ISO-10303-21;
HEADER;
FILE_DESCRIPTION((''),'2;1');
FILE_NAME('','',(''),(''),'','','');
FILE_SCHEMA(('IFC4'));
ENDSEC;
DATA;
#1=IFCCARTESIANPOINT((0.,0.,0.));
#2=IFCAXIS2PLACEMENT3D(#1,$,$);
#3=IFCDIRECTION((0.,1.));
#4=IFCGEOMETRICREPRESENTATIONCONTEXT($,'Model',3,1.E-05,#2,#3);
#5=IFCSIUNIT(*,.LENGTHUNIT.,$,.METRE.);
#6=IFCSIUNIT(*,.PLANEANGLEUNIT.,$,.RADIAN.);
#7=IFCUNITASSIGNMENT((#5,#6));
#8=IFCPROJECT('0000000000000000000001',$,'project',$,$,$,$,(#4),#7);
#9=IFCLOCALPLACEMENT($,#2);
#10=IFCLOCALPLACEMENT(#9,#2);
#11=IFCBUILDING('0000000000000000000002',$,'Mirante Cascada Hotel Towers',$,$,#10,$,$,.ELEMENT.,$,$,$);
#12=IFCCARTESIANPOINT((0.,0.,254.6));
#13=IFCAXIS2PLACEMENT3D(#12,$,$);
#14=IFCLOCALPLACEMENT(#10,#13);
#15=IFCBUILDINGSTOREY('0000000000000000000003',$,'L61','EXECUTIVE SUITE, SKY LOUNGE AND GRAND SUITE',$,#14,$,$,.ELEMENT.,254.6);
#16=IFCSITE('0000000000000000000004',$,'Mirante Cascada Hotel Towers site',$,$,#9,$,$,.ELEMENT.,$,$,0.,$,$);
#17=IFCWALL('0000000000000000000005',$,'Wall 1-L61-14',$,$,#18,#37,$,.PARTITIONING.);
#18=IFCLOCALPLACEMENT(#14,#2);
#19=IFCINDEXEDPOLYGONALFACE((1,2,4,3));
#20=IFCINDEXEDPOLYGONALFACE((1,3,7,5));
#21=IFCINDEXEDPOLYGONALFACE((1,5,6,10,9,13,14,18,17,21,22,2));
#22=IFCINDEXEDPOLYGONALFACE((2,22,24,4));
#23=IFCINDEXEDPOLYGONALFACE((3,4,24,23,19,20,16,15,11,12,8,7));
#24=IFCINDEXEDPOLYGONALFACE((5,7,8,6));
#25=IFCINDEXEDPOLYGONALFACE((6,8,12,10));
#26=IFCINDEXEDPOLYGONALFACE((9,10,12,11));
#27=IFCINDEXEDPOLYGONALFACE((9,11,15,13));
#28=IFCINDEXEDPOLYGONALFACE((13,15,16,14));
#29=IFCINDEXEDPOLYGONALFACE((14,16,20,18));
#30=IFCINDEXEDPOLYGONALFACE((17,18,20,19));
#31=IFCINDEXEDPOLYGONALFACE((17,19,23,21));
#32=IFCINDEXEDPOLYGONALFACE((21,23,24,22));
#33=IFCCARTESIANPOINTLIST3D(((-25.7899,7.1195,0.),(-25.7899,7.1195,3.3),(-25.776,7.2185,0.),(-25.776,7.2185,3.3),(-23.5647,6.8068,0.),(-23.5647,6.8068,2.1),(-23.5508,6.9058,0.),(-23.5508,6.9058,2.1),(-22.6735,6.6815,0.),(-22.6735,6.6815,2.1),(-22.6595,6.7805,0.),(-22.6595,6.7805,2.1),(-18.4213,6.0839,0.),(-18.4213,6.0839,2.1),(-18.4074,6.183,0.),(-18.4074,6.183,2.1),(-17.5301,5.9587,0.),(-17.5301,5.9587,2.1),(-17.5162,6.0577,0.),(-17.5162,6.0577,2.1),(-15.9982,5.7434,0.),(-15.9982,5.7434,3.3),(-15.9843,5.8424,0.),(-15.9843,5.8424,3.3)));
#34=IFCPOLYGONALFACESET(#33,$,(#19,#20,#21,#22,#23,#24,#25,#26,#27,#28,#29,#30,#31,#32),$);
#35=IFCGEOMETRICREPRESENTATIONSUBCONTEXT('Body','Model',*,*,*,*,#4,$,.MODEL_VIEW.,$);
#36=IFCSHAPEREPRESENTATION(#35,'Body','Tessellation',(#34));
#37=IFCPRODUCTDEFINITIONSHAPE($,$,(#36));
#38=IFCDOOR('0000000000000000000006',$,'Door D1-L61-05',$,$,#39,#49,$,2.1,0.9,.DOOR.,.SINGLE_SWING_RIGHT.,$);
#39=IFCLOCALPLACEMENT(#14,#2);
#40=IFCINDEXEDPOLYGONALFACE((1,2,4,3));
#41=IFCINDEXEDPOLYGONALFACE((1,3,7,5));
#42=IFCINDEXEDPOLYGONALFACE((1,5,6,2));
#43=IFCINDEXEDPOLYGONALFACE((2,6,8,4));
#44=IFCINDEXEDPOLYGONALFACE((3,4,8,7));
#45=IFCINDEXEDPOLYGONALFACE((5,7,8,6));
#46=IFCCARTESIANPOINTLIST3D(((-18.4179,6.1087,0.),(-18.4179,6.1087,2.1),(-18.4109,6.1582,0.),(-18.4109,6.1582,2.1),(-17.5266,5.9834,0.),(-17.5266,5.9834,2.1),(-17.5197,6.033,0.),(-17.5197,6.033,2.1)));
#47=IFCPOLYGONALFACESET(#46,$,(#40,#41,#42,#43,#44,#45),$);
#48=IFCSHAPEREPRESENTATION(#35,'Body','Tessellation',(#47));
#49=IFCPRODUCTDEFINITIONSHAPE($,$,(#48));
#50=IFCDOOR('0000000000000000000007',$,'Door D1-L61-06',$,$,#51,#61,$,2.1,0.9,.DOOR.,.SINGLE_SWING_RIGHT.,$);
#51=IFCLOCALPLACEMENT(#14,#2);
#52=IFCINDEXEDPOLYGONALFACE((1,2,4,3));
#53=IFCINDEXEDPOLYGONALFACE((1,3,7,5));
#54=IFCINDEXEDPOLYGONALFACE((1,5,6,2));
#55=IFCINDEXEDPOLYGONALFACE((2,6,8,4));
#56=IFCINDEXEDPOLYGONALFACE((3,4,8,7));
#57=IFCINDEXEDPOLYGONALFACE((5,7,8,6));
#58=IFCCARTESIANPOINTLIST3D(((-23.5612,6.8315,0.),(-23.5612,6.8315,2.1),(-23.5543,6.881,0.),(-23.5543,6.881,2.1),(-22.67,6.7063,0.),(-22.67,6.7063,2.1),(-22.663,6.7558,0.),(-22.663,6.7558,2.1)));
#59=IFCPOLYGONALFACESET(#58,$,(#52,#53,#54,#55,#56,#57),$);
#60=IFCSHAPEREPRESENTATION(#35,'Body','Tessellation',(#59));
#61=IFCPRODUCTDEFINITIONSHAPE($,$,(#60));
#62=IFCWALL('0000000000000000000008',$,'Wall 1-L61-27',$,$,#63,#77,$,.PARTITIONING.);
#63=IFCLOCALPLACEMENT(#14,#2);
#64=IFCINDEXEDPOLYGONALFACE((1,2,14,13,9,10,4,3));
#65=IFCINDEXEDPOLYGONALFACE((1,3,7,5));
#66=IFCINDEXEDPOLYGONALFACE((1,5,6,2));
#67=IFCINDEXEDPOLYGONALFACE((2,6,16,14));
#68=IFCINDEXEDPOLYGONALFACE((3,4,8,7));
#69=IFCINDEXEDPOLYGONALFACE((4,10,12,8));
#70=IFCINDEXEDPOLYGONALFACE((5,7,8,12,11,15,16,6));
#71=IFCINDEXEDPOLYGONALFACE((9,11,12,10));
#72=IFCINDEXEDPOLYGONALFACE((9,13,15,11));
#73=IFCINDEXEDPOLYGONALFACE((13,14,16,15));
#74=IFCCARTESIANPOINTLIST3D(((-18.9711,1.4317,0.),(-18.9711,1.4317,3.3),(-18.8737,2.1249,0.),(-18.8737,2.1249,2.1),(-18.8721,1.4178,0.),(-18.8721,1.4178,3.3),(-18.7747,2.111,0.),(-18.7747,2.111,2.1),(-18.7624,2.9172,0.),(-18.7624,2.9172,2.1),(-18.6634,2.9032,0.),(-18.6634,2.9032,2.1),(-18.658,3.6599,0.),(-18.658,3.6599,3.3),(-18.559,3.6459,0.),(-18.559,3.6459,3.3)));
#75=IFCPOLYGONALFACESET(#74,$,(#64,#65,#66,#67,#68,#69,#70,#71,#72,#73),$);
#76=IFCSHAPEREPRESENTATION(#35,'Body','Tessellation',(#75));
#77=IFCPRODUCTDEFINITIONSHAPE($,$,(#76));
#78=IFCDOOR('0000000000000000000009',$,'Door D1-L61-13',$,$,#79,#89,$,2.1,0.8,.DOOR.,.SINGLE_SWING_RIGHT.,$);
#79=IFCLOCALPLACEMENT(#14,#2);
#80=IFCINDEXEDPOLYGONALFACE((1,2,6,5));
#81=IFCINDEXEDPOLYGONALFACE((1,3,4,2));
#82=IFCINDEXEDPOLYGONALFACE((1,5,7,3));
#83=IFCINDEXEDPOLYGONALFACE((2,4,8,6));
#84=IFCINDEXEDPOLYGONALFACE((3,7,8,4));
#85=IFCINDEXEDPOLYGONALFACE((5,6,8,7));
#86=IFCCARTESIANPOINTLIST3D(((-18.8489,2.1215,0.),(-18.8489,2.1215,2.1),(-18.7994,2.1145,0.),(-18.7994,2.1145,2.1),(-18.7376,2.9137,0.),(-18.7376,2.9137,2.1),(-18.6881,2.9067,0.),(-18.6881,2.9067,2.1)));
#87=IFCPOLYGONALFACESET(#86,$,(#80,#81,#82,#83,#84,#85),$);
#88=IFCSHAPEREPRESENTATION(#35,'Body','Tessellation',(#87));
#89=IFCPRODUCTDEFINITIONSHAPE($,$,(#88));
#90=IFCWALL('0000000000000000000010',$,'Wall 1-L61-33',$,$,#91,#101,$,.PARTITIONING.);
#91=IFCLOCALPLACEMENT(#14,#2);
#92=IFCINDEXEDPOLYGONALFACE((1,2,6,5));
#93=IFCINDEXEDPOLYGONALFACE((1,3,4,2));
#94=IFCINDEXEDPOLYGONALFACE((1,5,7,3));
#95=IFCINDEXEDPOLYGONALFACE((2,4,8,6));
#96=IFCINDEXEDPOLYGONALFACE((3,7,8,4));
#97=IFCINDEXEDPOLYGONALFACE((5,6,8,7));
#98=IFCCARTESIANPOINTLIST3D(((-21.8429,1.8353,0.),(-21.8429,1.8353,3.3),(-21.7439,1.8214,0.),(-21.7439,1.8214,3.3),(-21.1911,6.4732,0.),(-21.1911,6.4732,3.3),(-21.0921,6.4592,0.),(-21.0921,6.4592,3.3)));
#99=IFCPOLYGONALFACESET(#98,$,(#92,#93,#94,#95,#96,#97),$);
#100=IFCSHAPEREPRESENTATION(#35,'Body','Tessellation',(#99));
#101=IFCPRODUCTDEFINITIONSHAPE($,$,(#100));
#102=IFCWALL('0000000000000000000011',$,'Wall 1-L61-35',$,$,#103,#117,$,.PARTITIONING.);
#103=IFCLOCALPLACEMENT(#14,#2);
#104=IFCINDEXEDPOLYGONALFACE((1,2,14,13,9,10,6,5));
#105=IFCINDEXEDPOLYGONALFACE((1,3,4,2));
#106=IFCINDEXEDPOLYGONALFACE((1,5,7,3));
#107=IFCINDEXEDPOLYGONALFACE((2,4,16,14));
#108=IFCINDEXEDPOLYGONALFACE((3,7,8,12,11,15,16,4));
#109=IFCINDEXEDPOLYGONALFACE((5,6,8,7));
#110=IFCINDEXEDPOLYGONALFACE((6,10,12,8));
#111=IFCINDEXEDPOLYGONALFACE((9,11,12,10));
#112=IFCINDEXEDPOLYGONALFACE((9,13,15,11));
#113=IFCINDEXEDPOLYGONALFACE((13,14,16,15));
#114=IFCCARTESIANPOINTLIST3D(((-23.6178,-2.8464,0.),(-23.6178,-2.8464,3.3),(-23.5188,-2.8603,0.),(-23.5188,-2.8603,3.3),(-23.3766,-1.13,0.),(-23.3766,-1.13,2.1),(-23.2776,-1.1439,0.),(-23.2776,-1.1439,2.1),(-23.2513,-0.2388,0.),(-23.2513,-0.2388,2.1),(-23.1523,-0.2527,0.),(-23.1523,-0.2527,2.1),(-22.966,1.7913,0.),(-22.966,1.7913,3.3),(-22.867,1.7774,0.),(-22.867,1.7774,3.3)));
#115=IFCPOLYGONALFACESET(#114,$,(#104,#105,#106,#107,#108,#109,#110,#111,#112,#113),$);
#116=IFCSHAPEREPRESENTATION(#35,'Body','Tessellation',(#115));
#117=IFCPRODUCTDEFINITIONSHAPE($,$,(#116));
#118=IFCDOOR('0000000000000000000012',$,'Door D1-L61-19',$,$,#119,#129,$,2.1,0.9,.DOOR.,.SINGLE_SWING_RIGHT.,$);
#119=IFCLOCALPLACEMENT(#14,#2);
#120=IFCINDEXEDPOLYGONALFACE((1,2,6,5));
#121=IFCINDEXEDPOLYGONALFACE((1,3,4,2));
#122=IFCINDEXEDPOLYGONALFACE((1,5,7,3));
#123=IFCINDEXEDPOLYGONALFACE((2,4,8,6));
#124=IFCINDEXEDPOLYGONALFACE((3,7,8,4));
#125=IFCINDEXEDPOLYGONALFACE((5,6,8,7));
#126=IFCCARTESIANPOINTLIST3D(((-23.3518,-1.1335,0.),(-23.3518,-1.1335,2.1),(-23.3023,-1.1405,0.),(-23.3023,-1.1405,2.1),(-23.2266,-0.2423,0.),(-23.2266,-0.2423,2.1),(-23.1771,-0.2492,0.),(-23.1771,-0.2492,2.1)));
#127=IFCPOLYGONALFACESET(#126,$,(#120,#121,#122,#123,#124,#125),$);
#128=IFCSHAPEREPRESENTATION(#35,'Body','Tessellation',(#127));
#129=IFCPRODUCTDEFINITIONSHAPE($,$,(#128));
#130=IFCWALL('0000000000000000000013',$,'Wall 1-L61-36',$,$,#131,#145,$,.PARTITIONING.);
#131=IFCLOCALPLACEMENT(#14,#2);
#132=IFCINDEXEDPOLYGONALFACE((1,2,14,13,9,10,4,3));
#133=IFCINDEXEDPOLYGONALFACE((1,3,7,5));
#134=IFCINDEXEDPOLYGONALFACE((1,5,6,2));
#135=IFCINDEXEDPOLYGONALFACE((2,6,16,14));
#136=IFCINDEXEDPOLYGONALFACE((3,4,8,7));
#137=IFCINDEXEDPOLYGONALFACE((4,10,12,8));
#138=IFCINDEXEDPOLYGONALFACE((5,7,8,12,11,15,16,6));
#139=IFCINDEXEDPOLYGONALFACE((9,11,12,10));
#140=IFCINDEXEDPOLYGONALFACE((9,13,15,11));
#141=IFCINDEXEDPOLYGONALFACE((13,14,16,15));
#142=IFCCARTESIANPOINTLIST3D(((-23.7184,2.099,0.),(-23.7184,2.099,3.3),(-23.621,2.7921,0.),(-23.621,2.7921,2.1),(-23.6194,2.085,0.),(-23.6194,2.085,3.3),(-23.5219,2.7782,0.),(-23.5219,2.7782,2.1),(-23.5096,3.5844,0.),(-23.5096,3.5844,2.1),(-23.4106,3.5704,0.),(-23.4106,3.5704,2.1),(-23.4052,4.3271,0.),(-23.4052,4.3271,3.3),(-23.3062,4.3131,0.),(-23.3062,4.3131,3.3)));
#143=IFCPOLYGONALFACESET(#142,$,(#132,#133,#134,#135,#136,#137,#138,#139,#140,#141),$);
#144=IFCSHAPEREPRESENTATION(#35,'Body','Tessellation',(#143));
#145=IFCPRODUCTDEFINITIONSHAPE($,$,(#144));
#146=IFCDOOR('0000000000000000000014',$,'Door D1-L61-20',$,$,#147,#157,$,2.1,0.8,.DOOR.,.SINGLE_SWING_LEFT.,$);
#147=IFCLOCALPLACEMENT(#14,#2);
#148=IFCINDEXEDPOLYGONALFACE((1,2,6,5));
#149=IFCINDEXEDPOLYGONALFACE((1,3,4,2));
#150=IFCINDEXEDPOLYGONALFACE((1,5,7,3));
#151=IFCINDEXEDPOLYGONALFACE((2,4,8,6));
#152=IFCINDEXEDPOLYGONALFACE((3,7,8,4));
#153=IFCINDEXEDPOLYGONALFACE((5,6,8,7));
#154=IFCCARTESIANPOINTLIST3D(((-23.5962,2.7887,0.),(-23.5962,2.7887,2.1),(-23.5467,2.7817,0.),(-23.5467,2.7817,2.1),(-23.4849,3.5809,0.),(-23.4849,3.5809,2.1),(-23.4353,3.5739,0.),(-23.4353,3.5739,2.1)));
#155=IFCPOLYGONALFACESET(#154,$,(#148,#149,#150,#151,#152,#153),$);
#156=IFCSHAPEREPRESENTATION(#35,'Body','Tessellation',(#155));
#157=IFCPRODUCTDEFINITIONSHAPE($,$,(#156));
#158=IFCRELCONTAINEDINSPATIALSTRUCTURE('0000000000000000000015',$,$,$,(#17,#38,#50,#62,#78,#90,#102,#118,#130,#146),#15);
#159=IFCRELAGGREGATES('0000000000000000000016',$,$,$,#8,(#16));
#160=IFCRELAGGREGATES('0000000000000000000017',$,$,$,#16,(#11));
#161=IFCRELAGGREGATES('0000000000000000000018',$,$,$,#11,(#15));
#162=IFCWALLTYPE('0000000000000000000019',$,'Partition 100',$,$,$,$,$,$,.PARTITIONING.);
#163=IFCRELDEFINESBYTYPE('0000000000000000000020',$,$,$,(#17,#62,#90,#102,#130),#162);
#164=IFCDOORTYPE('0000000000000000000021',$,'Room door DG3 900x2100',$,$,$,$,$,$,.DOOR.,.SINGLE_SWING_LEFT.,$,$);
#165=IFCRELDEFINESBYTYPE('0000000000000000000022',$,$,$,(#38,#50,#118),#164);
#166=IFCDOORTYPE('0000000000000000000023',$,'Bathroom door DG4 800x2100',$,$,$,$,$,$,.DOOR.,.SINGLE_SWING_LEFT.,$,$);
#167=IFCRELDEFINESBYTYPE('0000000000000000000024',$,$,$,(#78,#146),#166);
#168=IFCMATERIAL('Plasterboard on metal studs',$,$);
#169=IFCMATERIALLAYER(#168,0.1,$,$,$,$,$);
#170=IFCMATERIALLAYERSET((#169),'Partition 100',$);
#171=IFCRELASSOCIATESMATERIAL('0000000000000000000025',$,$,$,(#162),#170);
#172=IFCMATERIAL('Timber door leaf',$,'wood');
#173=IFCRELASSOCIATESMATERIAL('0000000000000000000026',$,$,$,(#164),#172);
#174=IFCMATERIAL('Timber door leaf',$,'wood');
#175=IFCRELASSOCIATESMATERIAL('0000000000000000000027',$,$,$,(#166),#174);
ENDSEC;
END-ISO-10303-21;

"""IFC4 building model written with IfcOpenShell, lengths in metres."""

from ifc_helpers import new_model, si_unit, direction, frame, frame_2d, origin, place, context, subcontext, project, spatial, rectangle, extrude, material, layer, layer_set, type_object, element, fill, save


model = new_model("IFC4")

# Units and contexts
model_context = context("Model", 3, precision=1e-05, world=origin(), true_north=direction((0.0, 1.0)))
body_context = subcontext(model_context, "Body", "Model", "MODEL_VIEW")
ifc_project = project(units=[si_unit("LENGTHUNIT", "METRE"), si_unit("PLANEANGLEUNIT", "RADIAN")], contexts=[model_context])

# Site, building, storey
site_placement = place(None, origin())
site = spatial("IfcSite", under=ifc_project, at=site_placement, Name="Mirante Cascada Hotel Towers site", CompositionType="ELEMENT", RefElevation=0.0)
building_placement = place(site_placement, origin())
building = spatial("IfcBuilding", under=site, at=building_placement, Name="Mirante Cascada Hotel Towers", CompositionType="ELEMENT")
storey_placement = place(building_placement, frame((0.0, 0.0, 254.6)))
storey = spatial("IfcBuildingStorey", under=building, at=storey_placement, Name="L61", Description="EXECUTIVE SUITE, SKY LOUNGE AND GRAND SUITE", CompositionType="ELEMENT", Elevation=254.6)

# Shared definitions
ifc_material_1 = material(Name="Plasterboard on metal studs")
ifc_layer_1 = layer(ifc_material_1, 0.1)
ifc_layer_set_1 = layer_set([ifc_layer_1], Name="Partition 100")
wall_type_1 = type_object("IfcWallType", Name="Partition 100", PredefinedType="PARTITIONING", material=ifc_layer_set_1)

# Wall, openings, doors
wall_1_placement = place(storey_placement, frame((-15.9912, 5.7929, 0.0), z_axis=(0.0, 0.0, 1.0), x_axis=(-0.990268, 0.13917, 0.0)))
wall_1 = element("IfcWall", 1, at=wall_1_placement, inside=storey, type_object=wall_type_1, Name="Wall 1-L61-14", PredefinedType="PARTITIONING", context=body_context, shape_type="SweptSolid", body=[
    extrude(rectangle(XDim=9.8879, YDim=0.1, at=frame_2d((4.944, 0.0))), origin(), (0.0, 0.0, 1.0), 3.3),
])
opening_1_placement = place(wall_1_placement, frame((1.547, 0.0, 0.0)))
opening_1 = element("IfcOpeningElement", 2, at=opening_1_placement, cuts=wall_1, PredefinedType="OPENING", context=body_context, shape_type="SweptSolid", body=[
    extrude(rectangle(XDim=0.9, YDim=2.1, at=frame_2d((0.45, 1.05))), frame((0.0, 0.05, 0.0), z_axis=(0.0, -1.0, 0.0), x_axis=(1.0, 0.0, 0.0)), (0.0, 0.0, 1.0), 0.1),
])
opening_2_placement = place(wall_1_placement, frame((6.7409, 0.0, 0.0)))
opening_2 = element("IfcOpeningElement", 3, at=opening_2_placement, cuts=wall_1, PredefinedType="OPENING", context=body_context, shape_type="SweptSolid", body=[
    extrude(rectangle(XDim=0.9, YDim=2.1, at=frame_2d((0.45, 1.05))), frame((0.0, 0.05, 0.0), z_axis=(0.0, -1.0, 0.0), x_axis=(1.0, 0.0, 0.0)), (0.0, 0.0, 1.0), 0.1),
])
ifc_material_2 = material(Name="Timber door leaf", Category="wood")
door_type_1 = type_object("IfcDoorType", Name="Room door DG3 900x2100", OperationType="SINGLE_SWING_LEFT", PredefinedType="DOOR", material=ifc_material_2)
door_1_placement = place(opening_1_placement, frame((0.9, 0.0, 0.0), z_axis=(0.0, 0.0, 1.0), x_axis=(-1.0, 0.0, 0.0)))
door_1 = element("IfcDoor", 4, at=door_1_placement, inside=storey, type_object=door_type_1, Name="Door D1-L61-05", OperationType="SINGLE_SWING_RIGHT", OverallHeight=2.1, OverallWidth=0.9, PredefinedType="DOOR", context=body_context, shape_type="SweptSolid", body=[
    extrude(rectangle(XDim=0.9, YDim=2.1, at=frame_2d((0.45, 1.05))), frame((0.0, 0.025, 0.0), z_axis=(0.0, -1.0, 0.0), x_axis=(1.0, 0.0, 0.0)), (0.0, 0.0, 1.0), 0.05),
])
fill(opening_1, door_1)
door_2_placement = place(opening_2_placement, frame((0.9, 0.0, 0.0), z_axis=(0.0, 0.0, 1.0), x_axis=(-1.0, 0.0, 0.0)))
door_2 = element("IfcDoor", 5, at=door_2_placement, inside=storey, type_object=door_type_1, Name="Door D1-L61-06", OperationType="SINGLE_SWING_RIGHT", OverallHeight=2.1, OverallWidth=0.9, PredefinedType="DOOR", context=body_context, shape_type="SweptSolid", body=[
    extrude(rectangle(XDim=0.9, YDim=2.1, at=frame_2d((0.45, 1.05))), frame((0.0, 0.025, 0.0), z_axis=(0.0, -1.0, 0.0), x_axis=(1.0, 0.0, 0.0)), (0.0, 0.0, 1.0), 0.05),
])
fill(opening_2, door_2)

# Wall, opening, door
wall_2_placement = place(storey_placement, frame((-18.6085, 3.6529, 0.0), z_axis=(0.0, 0.0, 1.0), x_axis=(-0.139156, -0.990271, 0.0)))
wall_2 = element("IfcWall", 6, at=wall_2_placement, inside=storey, type_object=wall_type_1, Name="Wall 1-L61-27", PredefinedType="PARTITIONING", context=body_context, shape_type="SweptSolid", body=[
    extrude(rectangle(XDim=2.25, YDim=0.1, at=frame_2d((1.125, 0.0))), origin(), (0.0, 0.0, 1.0), 3.3),
])
opening_3_placement = place(wall_2_placement, frame((0.75, 0.0, 0.0)))
opening_3 = element("IfcOpeningElement", 7, at=opening_3_placement, cuts=wall_2, PredefinedType="OPENING", context=body_context, shape_type="SweptSolid", body=[
    extrude(rectangle(XDim=0.8, YDim=2.1, at=frame_2d((0.4, 1.05))), frame((0.0, 0.05, 0.0), z_axis=(0.0, -1.0, 0.0), x_axis=(1.0, 0.0, 0.0)), (0.0, 0.0, 1.0), 0.1),
])
ifc_material_3 = material(Name="Timber door leaf", Category="wood")
door_type_2 = type_object("IfcDoorType", Name="Bathroom door DG4 800x2100", OperationType="SINGLE_SWING_LEFT", PredefinedType="DOOR", material=ifc_material_3)
door_3_placement = place(opening_3_placement, frame((0.8, 0.0, 0.0), z_axis=(0.0, 0.0, 1.0), x_axis=(-1.0, 0.0, 0.0)))
door_3 = element("IfcDoor", 8, at=door_3_placement, inside=storey, type_object=door_type_2, Name="Door D1-L61-13", OperationType="SINGLE_SWING_RIGHT", OverallHeight=2.1, OverallWidth=0.8, PredefinedType="DOOR", context=body_context, shape_type="SweptSolid", body=[
    extrude(rectangle(XDim=0.8, YDim=2.1, at=frame_2d((0.4, 1.05))), frame((0.0, 0.025, 0.0), z_axis=(0.0, -1.0, 0.0), x_axis=(1.0, 0.0, 0.0)), (0.0, 0.0, 1.0), 0.05),
])
fill(opening_3, door_3)

# Wall
wall_3_placement = place(storey_placement, frame((-21.1416, 6.4662, 0.0), z_axis=(0.0, 0.0, 1.0), x_axis=(-0.139173, -0.990268, 0.0)))
element("IfcWall", 9, at=wall_3_placement, inside=storey, type_object=wall_type_1, Name="Wall 1-L61-33", PredefinedType="PARTITIONING", context=body_context, shape_type="SweptSolid", body=[
    extrude(rectangle(XDim=4.6834, YDim=0.1, at=frame_2d((2.3417, 0.0))), origin(), (0.0, 0.0, 1.0), 3.3),
])

# Walls, openings, doors
wall_4_placement = place(storey_placement, frame((-22.9165, 1.7843, 0.0), z_axis=(0.0, 0.0, 1.0), x_axis=(-0.139176, -0.990268, 0.0)))
wall_4 = element("IfcWall", 10, at=wall_4_placement, inside=storey, type_object=wall_type_1, Name="Wall 1-L61-35", PredefinedType="PARTITIONING", context=body_context, shape_type="SweptSolid", body=[
    extrude(rectangle(XDim=4.6833, YDim=0.1, at=frame_2d((2.3416, 0.0))), origin(), (0.0, 0.0, 1.0), 3.3),
])
opening_4_placement = place(wall_4_placement, frame((2.05, 0.0, 0.0)))
opening_4 = element("IfcOpeningElement", 11, at=opening_4_placement, cuts=wall_4, PredefinedType="OPENING", context=body_context, shape_type="SweptSolid", body=[
    extrude(rectangle(XDim=0.9, YDim=2.1, at=frame_2d((0.45, 1.05))), frame((0.0, 0.05, 0.0), z_axis=(0.0, -1.0, 0.0), x_axis=(1.0, 0.0, 0.0)), (0.0, 0.0, 1.0), 0.1),
])
door_4_placement = place(opening_4_placement, frame((0.9, 0.0, 0.0), z_axis=(0.0, 0.0, 1.0), x_axis=(-1.0, 0.0, 0.0)))
door_4 = element("IfcDoor", 12, at=door_4_placement, inside=storey, type_object=door_type_1, Name="Door D1-L61-19", OperationType="SINGLE_SWING_RIGHT", OverallHeight=2.1, OverallWidth=0.9, PredefinedType="DOOR", context=body_context, shape_type="SweptSolid", body=[
    extrude(rectangle(XDim=0.9, YDim=2.1, at=frame_2d((0.45, 1.05))), frame((0.0, 0.025, 0.0), z_axis=(0.0, -1.0, 0.0), x_axis=(1.0, 0.0, 0.0)), (0.0, 0.0, 1.0), 0.05),
])
fill(opening_4, door_4)
wall_5_placement = place(storey_placement, frame((-23.6689, 2.092, 0.0), z_axis=(0.0, 0.0, 1.0), x_axis=(0.1392, 0.990264, 0.0)))
wall_5 = element("IfcWall", 13, at=wall_5_placement, inside=storey, type_object=wall_type_1, Name="Wall 1-L61-36", PredefinedType="PARTITIONING", context=body_context, shape_type="SweptSolid", body=[
    extrude(rectangle(XDim=2.25, YDim=0.1, at=frame_2d((1.125, 0.0))), origin(), (0.0, 0.0, 1.0), 3.3),
])
opening_5_placement = place(wall_5_placement, frame((0.7, 0.0, 0.0)))
opening_5 = element("IfcOpeningElement", 14, at=opening_5_placement, cuts=wall_5, PredefinedType="OPENING", context=body_context, shape_type="SweptSolid", body=[
    extrude(rectangle(XDim=0.8, YDim=2.1, at=frame_2d((0.4, 1.05))), frame((0.0, 0.05, 0.0), z_axis=(0.0, -1.0, 0.0), x_axis=(1.0, 0.0, 0.0)), (0.0, 0.0, 1.0), 0.1),
])
door_5_placement = place(opening_5_placement, origin())
door_5 = element("IfcDoor", 15, at=door_5_placement, inside=storey, type_object=door_type_2, Name="Door D1-L61-20", OperationType="SINGLE_SWING_LEFT", OverallHeight=2.1, OverallWidth=0.8, PredefinedType="DOOR", context=body_context, shape_type="SweptSolid", body=[
    extrude(rectangle(XDim=0.8, YDim=2.1, at=frame_2d((0.4, 1.05))), frame((0.0, 0.025, 0.0), z_axis=(0.0, -1.0, 0.0), x_axis=(1.0, 0.0, 0.0)), (0.0, 0.0, 1.0), 0.05),
])
fill(opening_5, door_5)

save(model, "model.ifc")
